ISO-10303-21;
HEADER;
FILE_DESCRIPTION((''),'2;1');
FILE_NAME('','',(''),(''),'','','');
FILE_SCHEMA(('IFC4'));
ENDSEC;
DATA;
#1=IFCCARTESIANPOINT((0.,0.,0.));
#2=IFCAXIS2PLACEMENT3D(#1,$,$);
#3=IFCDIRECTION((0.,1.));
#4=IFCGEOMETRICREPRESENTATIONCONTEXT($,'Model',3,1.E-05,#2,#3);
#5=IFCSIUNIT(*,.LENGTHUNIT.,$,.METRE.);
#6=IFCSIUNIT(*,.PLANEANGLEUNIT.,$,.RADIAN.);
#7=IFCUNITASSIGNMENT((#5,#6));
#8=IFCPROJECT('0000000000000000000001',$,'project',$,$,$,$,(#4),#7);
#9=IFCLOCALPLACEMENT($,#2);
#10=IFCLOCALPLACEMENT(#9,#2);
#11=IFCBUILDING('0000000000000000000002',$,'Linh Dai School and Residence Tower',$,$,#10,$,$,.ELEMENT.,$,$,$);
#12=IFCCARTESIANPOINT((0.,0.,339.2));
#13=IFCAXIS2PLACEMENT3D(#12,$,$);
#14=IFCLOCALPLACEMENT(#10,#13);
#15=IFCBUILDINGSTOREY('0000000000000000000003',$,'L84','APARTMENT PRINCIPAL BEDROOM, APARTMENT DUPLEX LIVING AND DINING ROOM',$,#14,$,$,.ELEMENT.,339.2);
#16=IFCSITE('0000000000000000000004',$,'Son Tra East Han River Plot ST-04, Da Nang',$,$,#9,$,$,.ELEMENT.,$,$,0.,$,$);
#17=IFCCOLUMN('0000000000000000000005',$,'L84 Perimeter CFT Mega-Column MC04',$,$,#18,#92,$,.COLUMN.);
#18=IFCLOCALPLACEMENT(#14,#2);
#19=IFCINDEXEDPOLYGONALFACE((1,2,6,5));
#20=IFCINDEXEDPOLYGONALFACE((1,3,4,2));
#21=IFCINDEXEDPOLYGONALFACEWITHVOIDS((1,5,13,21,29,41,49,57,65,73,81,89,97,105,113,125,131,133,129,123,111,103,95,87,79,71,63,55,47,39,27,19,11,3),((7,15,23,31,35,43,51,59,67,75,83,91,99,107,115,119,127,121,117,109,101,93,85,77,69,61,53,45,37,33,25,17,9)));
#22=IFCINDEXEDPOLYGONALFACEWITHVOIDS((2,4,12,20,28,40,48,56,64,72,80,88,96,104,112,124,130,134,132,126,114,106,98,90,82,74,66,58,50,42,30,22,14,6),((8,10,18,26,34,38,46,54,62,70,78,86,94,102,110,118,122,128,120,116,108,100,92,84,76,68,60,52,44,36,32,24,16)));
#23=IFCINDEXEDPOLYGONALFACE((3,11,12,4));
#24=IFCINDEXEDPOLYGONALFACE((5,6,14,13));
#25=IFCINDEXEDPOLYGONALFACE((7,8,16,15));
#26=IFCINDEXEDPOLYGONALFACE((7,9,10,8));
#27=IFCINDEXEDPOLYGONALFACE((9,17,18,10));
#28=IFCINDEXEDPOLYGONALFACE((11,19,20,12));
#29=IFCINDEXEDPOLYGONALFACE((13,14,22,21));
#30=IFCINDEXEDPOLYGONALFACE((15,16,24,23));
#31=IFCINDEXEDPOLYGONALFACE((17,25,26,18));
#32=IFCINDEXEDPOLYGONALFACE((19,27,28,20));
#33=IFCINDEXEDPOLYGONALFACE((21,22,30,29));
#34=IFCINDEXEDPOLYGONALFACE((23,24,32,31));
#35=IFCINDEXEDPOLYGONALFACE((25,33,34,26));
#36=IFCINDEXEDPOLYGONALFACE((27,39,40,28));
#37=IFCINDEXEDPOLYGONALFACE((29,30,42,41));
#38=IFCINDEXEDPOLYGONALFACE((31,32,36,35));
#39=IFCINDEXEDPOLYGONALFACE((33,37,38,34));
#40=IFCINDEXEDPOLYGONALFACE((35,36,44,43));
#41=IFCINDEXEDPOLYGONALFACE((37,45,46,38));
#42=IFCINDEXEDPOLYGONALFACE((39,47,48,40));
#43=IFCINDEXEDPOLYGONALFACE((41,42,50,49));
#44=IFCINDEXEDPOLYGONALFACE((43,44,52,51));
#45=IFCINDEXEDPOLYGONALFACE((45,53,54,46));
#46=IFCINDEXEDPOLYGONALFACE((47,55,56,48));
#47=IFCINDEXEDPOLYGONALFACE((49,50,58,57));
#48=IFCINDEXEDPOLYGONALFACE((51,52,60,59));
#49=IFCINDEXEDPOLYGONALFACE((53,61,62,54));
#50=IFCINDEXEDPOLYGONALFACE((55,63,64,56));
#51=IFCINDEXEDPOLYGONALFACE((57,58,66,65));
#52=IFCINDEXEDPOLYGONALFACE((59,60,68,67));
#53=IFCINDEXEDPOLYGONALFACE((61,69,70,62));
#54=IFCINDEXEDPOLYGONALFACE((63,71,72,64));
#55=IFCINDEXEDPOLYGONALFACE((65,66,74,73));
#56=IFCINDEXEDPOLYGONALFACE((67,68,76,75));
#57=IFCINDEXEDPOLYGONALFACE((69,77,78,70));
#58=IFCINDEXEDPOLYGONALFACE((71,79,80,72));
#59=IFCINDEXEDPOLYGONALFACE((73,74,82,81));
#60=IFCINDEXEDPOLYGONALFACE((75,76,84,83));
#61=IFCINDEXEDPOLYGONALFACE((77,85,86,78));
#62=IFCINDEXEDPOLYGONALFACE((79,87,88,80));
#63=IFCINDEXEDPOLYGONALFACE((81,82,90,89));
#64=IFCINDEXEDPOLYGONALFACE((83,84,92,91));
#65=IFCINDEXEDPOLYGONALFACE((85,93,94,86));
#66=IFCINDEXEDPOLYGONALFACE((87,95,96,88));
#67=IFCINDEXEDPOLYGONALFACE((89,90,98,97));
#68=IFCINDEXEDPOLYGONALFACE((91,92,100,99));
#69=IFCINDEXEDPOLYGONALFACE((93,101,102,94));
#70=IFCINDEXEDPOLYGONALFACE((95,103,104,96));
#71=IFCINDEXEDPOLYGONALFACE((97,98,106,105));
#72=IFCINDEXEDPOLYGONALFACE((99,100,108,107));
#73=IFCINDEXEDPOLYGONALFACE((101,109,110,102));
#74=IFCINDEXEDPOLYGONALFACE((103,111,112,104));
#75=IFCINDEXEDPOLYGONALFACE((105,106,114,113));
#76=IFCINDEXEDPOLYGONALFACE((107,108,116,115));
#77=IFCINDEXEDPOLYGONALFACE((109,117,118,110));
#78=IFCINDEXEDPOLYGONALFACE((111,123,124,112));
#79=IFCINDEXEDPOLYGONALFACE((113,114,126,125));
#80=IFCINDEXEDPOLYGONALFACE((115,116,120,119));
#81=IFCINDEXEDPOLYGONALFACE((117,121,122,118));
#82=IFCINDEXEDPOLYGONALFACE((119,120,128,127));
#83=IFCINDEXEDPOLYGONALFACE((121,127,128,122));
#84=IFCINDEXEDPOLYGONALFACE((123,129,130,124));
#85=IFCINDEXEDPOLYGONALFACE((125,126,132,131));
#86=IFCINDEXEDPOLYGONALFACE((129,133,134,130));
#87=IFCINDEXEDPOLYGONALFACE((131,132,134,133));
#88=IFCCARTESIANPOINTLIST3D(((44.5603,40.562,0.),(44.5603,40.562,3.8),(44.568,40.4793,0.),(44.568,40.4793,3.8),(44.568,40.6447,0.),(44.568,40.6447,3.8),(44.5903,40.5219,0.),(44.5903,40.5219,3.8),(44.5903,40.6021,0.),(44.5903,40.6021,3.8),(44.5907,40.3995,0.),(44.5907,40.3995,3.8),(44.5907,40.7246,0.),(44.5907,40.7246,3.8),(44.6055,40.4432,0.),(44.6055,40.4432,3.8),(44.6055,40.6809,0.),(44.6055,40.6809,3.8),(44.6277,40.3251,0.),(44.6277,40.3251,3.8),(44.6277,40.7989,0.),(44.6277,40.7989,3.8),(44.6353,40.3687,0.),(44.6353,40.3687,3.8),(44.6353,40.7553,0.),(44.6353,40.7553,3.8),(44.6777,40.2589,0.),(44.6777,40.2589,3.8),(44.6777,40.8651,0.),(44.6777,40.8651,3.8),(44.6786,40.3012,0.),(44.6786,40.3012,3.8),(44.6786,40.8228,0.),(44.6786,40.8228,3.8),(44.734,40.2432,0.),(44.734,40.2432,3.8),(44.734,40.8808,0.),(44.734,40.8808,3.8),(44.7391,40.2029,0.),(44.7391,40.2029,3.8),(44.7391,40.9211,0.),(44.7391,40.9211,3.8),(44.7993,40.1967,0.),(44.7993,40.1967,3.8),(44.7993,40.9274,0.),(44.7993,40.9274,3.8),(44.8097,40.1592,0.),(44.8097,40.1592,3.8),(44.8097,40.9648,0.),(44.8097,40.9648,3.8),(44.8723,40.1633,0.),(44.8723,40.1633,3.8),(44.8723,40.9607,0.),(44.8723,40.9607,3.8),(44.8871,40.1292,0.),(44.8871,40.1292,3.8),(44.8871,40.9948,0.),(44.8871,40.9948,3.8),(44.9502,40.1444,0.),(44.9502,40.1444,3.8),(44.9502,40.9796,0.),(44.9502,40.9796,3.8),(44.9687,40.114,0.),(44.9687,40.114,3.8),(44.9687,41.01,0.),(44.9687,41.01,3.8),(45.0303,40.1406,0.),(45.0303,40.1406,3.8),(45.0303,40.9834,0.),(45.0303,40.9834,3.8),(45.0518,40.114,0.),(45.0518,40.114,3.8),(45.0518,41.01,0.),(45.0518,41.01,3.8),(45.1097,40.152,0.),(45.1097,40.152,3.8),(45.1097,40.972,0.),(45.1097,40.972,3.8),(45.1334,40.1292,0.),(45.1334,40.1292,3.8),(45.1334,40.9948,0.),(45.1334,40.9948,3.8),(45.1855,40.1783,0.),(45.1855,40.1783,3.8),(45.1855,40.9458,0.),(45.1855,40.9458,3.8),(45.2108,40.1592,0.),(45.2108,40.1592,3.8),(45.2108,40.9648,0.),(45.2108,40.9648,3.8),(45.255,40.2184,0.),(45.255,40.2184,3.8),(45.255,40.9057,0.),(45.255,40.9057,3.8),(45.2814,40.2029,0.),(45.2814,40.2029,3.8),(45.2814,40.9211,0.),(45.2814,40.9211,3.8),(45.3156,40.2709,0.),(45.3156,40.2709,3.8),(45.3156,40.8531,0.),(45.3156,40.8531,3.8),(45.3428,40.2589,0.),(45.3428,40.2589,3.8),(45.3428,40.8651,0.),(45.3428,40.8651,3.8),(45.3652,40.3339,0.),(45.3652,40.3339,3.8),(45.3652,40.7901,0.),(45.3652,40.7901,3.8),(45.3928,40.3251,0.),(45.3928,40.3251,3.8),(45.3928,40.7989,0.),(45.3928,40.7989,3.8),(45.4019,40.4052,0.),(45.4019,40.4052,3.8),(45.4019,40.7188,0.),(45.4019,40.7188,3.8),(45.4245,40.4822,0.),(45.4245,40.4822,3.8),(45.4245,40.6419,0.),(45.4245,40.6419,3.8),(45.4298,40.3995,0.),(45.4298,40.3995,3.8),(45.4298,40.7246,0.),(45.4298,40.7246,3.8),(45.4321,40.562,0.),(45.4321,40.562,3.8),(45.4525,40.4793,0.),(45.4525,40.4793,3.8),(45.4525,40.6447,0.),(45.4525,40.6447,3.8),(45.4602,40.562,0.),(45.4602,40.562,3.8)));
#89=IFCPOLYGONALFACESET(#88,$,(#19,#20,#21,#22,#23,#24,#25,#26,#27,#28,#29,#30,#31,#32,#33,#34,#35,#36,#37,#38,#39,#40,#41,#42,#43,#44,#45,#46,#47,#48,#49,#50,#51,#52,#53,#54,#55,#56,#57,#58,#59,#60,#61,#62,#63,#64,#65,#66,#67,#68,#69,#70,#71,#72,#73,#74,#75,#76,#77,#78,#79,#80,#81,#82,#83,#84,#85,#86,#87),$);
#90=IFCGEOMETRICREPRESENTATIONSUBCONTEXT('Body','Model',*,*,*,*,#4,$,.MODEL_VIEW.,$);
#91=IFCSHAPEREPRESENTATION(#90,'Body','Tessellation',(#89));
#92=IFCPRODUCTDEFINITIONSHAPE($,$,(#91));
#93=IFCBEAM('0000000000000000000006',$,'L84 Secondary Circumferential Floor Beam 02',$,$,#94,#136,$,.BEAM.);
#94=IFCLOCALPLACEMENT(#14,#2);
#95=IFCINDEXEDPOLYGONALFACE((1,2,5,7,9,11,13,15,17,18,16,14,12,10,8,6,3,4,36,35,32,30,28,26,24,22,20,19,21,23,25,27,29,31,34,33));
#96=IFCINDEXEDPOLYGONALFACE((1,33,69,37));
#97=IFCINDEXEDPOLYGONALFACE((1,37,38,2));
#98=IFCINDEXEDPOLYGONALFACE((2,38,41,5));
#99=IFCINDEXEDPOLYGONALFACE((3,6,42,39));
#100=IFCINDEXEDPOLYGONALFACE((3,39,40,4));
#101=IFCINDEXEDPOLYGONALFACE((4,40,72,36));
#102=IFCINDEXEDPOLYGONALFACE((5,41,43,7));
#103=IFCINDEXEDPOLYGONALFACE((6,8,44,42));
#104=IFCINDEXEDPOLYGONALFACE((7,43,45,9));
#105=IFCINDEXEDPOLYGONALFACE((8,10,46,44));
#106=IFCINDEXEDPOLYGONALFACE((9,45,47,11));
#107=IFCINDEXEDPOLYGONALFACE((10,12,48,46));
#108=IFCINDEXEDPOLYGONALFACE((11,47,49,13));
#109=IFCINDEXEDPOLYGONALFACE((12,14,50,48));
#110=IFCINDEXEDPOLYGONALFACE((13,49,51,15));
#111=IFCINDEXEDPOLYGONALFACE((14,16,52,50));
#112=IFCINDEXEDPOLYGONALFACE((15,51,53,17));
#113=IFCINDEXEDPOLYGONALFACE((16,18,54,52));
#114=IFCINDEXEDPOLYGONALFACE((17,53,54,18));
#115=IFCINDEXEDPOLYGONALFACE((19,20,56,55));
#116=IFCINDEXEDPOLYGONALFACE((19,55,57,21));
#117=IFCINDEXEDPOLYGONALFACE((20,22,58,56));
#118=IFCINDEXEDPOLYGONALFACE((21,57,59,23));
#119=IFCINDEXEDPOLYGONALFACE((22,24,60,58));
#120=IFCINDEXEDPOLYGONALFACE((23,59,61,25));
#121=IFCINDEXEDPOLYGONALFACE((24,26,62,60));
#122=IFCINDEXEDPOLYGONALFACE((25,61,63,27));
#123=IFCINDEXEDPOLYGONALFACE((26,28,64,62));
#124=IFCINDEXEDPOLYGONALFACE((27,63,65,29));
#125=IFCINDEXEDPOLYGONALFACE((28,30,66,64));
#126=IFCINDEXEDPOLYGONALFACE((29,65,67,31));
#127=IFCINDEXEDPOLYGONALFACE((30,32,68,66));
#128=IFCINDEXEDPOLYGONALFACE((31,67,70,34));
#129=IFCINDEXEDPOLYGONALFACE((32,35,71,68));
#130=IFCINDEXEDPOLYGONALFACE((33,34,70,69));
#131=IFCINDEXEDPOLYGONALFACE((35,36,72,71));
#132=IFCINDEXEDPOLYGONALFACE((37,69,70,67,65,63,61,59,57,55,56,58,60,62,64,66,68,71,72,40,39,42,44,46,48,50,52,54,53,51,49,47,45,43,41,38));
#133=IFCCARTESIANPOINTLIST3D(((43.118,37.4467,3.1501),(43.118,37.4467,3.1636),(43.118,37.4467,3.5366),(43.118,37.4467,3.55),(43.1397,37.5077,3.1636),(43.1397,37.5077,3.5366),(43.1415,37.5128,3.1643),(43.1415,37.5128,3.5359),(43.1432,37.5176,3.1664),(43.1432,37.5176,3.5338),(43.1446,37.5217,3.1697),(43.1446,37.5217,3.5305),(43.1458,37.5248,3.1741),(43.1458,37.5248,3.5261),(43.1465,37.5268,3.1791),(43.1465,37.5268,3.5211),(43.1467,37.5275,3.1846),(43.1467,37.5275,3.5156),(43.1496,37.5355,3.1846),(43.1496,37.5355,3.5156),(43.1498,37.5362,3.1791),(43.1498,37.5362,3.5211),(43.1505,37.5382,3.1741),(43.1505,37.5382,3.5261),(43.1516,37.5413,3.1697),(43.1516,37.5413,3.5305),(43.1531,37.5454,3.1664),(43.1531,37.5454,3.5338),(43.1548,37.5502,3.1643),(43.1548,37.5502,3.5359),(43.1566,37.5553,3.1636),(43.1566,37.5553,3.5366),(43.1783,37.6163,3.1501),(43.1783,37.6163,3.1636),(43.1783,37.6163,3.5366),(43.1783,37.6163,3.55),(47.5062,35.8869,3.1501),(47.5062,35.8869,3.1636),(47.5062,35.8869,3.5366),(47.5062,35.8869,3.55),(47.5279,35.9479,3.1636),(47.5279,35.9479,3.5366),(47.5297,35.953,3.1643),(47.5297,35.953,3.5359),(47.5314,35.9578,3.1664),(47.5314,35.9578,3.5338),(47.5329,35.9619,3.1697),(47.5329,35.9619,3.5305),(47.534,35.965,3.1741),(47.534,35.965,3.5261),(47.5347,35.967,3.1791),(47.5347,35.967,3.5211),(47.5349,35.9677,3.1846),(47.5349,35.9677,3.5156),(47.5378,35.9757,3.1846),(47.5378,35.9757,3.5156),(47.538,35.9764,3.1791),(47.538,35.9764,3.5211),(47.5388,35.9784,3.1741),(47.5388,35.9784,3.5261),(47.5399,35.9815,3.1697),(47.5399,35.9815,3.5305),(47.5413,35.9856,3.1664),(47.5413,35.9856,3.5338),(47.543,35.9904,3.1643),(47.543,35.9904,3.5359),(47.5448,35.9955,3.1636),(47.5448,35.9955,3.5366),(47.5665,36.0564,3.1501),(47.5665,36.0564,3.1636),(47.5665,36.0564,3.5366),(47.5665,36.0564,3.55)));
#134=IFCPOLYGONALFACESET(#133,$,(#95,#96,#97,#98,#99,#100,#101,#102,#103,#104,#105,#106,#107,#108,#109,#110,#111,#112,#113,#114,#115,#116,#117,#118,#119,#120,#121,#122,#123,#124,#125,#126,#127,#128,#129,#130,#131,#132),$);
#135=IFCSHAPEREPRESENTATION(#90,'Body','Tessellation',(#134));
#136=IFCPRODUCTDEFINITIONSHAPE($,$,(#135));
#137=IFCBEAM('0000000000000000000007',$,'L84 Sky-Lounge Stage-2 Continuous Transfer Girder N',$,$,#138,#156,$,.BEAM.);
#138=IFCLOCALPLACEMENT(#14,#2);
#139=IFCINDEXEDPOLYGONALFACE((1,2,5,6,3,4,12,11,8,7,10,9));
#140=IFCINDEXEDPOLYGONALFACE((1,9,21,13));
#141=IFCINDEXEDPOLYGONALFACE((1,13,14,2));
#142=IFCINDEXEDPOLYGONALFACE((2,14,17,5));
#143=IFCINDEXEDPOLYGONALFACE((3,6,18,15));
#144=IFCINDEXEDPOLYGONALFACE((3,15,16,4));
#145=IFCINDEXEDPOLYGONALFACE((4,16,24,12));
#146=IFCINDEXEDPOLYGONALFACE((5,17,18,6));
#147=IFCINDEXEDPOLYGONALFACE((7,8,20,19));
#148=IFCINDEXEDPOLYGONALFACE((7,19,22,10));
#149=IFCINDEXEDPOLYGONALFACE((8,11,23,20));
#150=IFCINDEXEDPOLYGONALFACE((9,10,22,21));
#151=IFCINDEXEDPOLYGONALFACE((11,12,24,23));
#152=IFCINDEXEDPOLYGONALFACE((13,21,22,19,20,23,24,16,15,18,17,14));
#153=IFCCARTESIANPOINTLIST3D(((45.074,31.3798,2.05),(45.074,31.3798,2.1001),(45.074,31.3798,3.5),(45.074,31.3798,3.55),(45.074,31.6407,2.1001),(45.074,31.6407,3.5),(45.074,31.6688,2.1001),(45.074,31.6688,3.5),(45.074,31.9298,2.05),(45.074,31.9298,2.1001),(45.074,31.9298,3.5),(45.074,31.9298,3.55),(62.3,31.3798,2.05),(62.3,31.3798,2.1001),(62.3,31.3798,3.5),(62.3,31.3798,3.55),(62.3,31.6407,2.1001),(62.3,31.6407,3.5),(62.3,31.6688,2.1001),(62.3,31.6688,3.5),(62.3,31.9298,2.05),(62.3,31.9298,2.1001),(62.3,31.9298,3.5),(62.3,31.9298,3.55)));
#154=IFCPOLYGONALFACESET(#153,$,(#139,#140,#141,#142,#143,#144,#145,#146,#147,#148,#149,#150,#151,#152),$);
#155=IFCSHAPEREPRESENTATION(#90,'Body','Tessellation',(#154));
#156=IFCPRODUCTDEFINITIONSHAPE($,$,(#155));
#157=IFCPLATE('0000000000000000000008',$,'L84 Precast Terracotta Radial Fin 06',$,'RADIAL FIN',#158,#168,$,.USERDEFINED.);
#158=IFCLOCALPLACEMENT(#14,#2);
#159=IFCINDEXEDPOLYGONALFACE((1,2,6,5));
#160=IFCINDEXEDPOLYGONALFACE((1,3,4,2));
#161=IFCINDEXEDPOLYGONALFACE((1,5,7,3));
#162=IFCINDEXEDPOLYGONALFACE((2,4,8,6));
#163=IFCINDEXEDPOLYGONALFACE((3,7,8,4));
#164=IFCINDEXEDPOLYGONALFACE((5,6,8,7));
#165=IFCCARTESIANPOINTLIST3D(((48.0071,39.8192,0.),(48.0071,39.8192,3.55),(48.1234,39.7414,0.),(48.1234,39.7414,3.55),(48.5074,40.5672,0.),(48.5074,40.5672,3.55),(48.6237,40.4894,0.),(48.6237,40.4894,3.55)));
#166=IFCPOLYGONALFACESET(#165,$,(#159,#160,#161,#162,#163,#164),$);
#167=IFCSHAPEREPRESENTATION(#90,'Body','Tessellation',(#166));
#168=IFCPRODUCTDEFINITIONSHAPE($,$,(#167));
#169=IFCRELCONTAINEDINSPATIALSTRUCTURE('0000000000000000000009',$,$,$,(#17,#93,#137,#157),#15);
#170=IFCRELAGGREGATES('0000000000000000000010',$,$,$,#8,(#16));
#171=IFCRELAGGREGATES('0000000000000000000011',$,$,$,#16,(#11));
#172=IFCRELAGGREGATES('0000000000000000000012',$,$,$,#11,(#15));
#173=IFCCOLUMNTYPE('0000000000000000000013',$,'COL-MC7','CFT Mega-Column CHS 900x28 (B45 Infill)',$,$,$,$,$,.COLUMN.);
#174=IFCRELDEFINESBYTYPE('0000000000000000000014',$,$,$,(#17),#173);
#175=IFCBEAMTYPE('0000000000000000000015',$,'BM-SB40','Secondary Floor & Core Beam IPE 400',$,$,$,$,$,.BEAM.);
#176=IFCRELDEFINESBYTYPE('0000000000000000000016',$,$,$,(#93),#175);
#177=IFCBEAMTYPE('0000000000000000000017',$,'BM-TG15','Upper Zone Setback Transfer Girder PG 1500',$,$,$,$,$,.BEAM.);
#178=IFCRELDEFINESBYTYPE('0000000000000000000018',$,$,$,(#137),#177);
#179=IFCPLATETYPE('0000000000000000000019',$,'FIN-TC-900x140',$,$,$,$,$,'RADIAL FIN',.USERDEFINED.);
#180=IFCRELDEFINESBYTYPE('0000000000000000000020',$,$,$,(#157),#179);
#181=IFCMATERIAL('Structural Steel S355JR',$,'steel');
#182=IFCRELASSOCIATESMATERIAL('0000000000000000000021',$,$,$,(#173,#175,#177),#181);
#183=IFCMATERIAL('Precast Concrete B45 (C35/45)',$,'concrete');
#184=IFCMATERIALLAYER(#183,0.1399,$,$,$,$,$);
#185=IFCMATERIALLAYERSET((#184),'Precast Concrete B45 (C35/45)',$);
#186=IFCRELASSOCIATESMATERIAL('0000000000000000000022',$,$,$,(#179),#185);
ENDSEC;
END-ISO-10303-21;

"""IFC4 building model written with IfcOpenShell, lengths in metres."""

from ifc_helpers import new_model, si_unit, direction, frame, origin, origin_2d, place, context, subcontext, project, spatial, rectangle, hollow_circle, i_section, extrude, source, transform, mapped, material, layer, layer_set, material_profile, profile_set, type_object, element, save


model = new_model("IFC4")

# Units and contexts
model_context = context("Model", 3, precision=1e-05, world=origin(), true_north=direction((0.0, 1.0)))
body_context = subcontext(model_context, "Body", "Model", "MODEL_VIEW")
ifc_project = project(units=[si_unit("LENGTHUNIT", "METRE"), si_unit("PLANEANGLEUNIT", "RADIAN")], contexts=[model_context])

# Site, building, storey
site_placement = place(None, origin())
site = spatial("IfcSite", under=ifc_project, at=site_placement, Name="Son Tra East Han River Plot ST-04, Da Nang", CompositionType="ELEMENT", RefElevation=0.0)
building_placement = place(site_placement, origin())
building = spatial("IfcBuilding", under=site, at=building_placement, Name="Linh Dai School and Residence Tower", CompositionType="ELEMENT")
storey_placement = place(building_placement, frame((0.0, 0.0, 339.2)))
storey = spatial("IfcBuildingStorey", under=building, at=storey_placement, Name="L84", Description="APARTMENT PRINCIPAL BEDROOM, APARTMENT DUPLEX LIVING AND DINING ROOM", CompositionType="ELEMENT", Elevation=339.2)

# Column
ifc_material_1 = material(Name="Structural Steel S355JR", Category="steel")
ifc_material_profile_1 = material_profile(ifc_material_1, hollow_circle(Radius=0.45, WallThickness=0.0281, at=origin_2d()), Name="CHS 900x28")
ifc_profile_set_1 = profile_set([ifc_material_profile_1], Name="Structural Steel S355JR")
column_type = type_object("IfcColumnType", Name="COL-MC7", Description="CFT Mega-Column CHS 900x28 (B45 Infill)", PredefinedType="COLUMN", material=ifc_profile_set_1)
column_placement = place(storey_placement, frame((45.0103, 40.562, 0.0), z_axis=(0.0, 0.0, 1.0), x_axis=(1.0, 0.0, 0.0)))
element("IfcColumn", 1, at=column_placement, inside=storey, type_object=column_type, Name="L84 Perimeter CFT Mega-Column MC04", PredefinedType="COLUMN", context=body_context, shape_type="SweptSolid", body=[
    extrude(hollow_circle(Radius=0.45, WallThickness=0.0281, at=origin_2d()), origin(), (0.0, 0.0, 1.0), 3.8),
])

# Beams
ifc_material_profile_2 = material_profile(ifc_material_1, i_section(OverallWidth=0.1799, OverallDepth=0.3999, WebThickness=0.0085, FlangeThickness=0.0134, FilletRadius=0.021, at=origin_2d()), Name="IPE 400")
ifc_profile_set_2 = profile_set([ifc_material_profile_2], Name="Structural Steel S355JR")
beam_type_1 = type_object("IfcBeamType", Name="BM-SB40", Description="Secondary Floor & Core Beam IPE 400", PredefinedType="BEAM", material=ifc_profile_set_2)
beam_1_placement = place(storey_placement, frame((47.5364, 35.9717, 3.3501), z_axis=(-0.942244, 0.334928, 0.0), x_axis=(-0.334928, -0.942244, 0.0)))
element("IfcBeam", 2, at=beam_1_placement, inside=storey, type_object=beam_type_1, Name="L84 Secondary Circumferential Floor Beam 02", PredefinedType="BEAM", context=body_context, shape_type="SweptSolid", body=[
    extrude(i_section(OverallWidth=0.1799, OverallDepth=0.3999, WebThickness=0.0085, FlangeThickness=0.0134, FilletRadius=0.021, at=origin_2d()), origin(), (0.0, 0.0, 1.0), 4.6572),
])
ifc_material_profile_3 = material_profile(ifc_material_1, i_section(OverallWidth=0.55, OverallDepth=1.5, WebThickness=0.0281, FlangeThickness=0.05, at=origin_2d()), Name="PG 1500x550x28x50")
ifc_profile_set_3 = profile_set([ifc_material_profile_3], Name="Structural Steel S355JR")
beam_type_2 = type_object("IfcBeamType", Name="BM-TG15", Description="Upper Zone Setback Transfer Girder PG 1500", PredefinedType="BEAM", material=ifc_profile_set_3)
beam_2_placement = place(storey_placement, frame((45.074, 31.6548, 2.8), z_axis=(1.0, 0.0, 0.0), x_axis=(0.0, 1.0, 0.0)))
element("IfcBeam", 3, at=beam_2_placement, inside=storey, type_object=beam_type_2, Name="L84 Sky-Lounge Stage-2 Continuous Transfer Girder N", PredefinedType="BEAM", context=body_context, shape_type="SweptSolid", body=[
    extrude(i_section(OverallWidth=0.55, OverallDepth=1.5, WebThickness=0.0281, FlangeThickness=0.05, at=origin_2d()), origin(), (0.0, 0.0, 1.0), 17.2261),
])

# Plate
ifc_material_2 = material(Name="Precast Concrete B45 (C35/45)", Category="concrete")
ifc_layer_1 = layer(ifc_material_2, 0.1399)
ifc_layer_set_1 = layer_set([ifc_layer_1], Name="Precast Concrete B45 (C35/45)")
plate_type = type_object("IfcPlateType", Name="FIN-TC-900x140", ElementType="RADIAL FIN", PredefinedType="USERDEFINED", material=ifc_layer_set_1)
shared_shape_1 = source(origin(), body_context, "Body", "SweptSolid", [
    extrude(rectangle(XDim=0.8999, YDim=0.1399, at=origin_2d()), origin(), (0.0, 0.0, 1.0), 3.55),
])
plate_placement = place(storey_placement, frame((48.3154, 40.1543, 0.0), z_axis=(0.0, 0.0, 1.0), x_axis=(0.555971, 0.831202, 0.0)))
element("IfcPlate", 4, at=plate_placement, inside=storey, type_object=plate_type, Name="L84 Precast Terracotta Radial Fin 06", ObjectType="RADIAL FIN", PredefinedType="USERDEFINED", context=body_context, shape_type="MappedRepresentation", body=[
    mapped(shared_shape_1, transform((0.0, 0.0, 0.0), x_axis=(1.0, 0.0, 0.0), y_axis=(0.0, 1.0, 0.0), z_axis=(0.0, 0.0, 1.0), scale=1.0)),
])

save(model, "model.ifc")
